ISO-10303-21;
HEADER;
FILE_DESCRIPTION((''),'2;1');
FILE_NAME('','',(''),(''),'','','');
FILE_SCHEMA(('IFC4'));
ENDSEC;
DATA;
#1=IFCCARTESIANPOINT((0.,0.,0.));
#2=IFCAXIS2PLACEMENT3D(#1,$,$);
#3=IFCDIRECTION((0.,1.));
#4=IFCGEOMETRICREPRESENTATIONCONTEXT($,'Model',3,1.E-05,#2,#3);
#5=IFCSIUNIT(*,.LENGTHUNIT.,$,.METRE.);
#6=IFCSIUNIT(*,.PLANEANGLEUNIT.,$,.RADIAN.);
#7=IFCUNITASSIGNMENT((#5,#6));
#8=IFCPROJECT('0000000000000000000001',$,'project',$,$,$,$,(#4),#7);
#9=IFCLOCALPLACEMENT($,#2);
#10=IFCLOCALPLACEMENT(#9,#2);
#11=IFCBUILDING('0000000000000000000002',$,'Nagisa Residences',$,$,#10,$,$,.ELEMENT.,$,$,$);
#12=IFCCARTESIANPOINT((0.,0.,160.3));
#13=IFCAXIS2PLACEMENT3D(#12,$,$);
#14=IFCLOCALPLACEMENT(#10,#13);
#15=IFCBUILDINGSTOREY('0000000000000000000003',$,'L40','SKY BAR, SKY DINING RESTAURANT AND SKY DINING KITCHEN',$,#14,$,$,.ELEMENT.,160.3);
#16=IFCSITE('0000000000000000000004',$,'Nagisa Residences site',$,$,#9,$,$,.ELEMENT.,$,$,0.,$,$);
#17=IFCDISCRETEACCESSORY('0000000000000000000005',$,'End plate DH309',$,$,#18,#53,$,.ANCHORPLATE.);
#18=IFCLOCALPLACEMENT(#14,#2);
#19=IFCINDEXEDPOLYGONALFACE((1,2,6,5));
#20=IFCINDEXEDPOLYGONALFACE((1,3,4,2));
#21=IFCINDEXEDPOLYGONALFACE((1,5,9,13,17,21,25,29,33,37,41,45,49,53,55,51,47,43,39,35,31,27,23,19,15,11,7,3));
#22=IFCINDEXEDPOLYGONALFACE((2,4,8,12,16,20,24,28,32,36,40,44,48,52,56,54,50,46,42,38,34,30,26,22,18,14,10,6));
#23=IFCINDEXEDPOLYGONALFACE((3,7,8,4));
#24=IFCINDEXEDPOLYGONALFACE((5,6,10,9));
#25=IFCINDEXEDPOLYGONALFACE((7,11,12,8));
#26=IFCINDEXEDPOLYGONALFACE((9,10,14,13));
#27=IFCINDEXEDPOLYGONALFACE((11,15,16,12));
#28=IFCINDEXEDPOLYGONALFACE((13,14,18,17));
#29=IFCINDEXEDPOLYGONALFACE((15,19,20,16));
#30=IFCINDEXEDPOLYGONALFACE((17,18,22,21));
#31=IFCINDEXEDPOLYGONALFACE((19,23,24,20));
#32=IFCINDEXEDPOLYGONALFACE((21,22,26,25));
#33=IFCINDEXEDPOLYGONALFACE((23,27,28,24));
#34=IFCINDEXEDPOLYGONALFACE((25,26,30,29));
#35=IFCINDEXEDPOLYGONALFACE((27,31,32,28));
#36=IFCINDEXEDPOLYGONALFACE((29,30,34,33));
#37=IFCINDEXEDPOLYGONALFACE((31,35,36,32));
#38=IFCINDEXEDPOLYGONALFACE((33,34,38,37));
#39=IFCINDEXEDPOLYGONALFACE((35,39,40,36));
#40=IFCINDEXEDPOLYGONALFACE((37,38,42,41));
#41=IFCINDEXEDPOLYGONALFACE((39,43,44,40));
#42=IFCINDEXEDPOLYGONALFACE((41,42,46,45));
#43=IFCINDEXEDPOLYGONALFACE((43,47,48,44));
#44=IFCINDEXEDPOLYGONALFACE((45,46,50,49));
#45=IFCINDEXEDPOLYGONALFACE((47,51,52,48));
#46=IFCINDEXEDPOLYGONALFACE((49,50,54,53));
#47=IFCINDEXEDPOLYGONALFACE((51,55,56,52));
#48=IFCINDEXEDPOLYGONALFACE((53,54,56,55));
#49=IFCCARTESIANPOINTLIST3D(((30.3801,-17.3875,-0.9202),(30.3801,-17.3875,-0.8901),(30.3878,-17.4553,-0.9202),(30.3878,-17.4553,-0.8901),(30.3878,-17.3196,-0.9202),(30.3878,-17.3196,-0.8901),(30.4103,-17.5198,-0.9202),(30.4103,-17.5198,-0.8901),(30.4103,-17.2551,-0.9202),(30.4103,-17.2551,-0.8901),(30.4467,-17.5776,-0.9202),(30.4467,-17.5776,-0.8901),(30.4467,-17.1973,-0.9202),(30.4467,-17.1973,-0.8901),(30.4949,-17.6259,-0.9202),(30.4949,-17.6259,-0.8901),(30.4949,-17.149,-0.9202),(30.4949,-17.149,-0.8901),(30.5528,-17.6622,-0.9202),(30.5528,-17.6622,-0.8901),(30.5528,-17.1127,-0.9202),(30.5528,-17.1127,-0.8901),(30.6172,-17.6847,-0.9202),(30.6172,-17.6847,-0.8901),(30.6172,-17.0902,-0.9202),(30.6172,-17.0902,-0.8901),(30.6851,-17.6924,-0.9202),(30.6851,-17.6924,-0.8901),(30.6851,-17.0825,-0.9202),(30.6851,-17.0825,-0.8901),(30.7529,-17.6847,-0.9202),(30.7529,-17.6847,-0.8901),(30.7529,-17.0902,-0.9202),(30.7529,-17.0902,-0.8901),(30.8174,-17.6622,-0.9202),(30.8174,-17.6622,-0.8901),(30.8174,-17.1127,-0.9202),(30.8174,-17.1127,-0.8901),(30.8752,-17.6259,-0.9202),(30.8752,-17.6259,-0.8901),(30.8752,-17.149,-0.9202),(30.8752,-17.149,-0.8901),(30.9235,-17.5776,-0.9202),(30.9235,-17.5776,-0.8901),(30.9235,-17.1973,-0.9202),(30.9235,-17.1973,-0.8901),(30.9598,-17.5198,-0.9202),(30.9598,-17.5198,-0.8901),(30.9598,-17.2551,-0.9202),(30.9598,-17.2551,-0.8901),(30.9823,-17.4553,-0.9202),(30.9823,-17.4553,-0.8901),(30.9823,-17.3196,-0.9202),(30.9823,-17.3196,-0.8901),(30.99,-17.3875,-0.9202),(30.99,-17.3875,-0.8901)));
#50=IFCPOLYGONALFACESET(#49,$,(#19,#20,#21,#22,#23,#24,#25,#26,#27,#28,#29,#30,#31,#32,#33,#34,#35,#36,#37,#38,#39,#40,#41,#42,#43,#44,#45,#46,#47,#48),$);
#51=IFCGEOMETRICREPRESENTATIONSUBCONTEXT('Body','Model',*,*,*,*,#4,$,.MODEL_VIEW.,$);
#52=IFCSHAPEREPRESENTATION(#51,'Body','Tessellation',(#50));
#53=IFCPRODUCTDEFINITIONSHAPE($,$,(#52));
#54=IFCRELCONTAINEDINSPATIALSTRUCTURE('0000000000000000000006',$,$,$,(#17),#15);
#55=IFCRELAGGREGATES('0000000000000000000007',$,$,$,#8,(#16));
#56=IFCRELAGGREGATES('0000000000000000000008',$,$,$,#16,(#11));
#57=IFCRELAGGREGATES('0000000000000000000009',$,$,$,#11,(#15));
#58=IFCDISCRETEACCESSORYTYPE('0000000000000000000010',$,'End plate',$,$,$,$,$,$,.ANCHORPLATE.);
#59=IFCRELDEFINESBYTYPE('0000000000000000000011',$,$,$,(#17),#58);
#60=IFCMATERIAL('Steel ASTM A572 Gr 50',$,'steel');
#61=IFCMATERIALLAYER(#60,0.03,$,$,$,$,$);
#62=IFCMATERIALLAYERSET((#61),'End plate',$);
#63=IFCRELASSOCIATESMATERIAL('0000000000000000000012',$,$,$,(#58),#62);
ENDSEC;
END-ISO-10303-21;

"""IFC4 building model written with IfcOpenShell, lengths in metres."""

from ifc_helpers import new_model, si_unit, direction, frame, origin, origin_2d, place, context, subcontext, project, spatial, circle, extrude, material, layer, layer_set, type_object, element, save


model = new_model("IFC4")

# Units and contexts
model_context = context("Model", 3, precision=1e-05, world=origin(), true_north=direction((0.0, 1.0)))
body_context = subcontext(model_context, "Body", "Model", "MODEL_VIEW")
ifc_project = project(units=[si_unit("LENGTHUNIT", "METRE"), si_unit("PLANEANGLEUNIT", "RADIAN")], contexts=[model_context])

# Site, building, storey
site_placement = place(None, origin())
site = spatial("IfcSite", under=ifc_project, at=site_placement, Name="Nagisa Residences site", CompositionType="ELEMENT", RefElevation=0.0)
building_placement = place(site_placement, origin())
building = spatial("IfcBuilding", under=site, at=building_placement, Name="Nagisa Residences", CompositionType="ELEMENT")
storey_placement = place(building_placement, frame((0.0, 0.0, 160.3)))
storey = spatial("IfcBuildingStorey", under=building, at=storey_placement, Name="L40", Description="SKY BAR, SKY DINING RESTAURANT AND SKY DINING KITCHEN", CompositionType="ELEMENT", Elevation=160.3)

# Discrete accessory
ifc_material_1 = material(Name="Steel ASTM A572 Gr 50", Category="steel")
ifc_layer_1 = layer(ifc_material_1, 0.03)
ifc_layer_set_1 = layer_set([ifc_layer_1], Name="End plate")
discrete_accessory_type = type_object("IfcDiscreteAccessoryType", Name="End plate", PredefinedType="ANCHORPLATE", material=ifc_layer_set_1)
for number, where, z_axis, x_axis, name in (
    (1, (30.6851, -17.3875, -0.8901), (0.0, 0.0, -1.0), (1.0, 0.0, 0.0), "End plate DH309"),
):
    element("IfcDiscreteAccessory", number, at=place(storey_placement, frame(where, z_axis=z_axis, x_axis=x_axis)), inside=storey, type_object=discrete_accessory_type, Name=name, PredefinedType="ANCHORPLATE", context=body_context, shape_type="SweptSolid", body=[
        extrude(circle(Radius=0.3049, at=origin_2d()), origin(), (0.0, 0.0, 1.0), 0.03),
    ])

save(model, "model.ifc")
